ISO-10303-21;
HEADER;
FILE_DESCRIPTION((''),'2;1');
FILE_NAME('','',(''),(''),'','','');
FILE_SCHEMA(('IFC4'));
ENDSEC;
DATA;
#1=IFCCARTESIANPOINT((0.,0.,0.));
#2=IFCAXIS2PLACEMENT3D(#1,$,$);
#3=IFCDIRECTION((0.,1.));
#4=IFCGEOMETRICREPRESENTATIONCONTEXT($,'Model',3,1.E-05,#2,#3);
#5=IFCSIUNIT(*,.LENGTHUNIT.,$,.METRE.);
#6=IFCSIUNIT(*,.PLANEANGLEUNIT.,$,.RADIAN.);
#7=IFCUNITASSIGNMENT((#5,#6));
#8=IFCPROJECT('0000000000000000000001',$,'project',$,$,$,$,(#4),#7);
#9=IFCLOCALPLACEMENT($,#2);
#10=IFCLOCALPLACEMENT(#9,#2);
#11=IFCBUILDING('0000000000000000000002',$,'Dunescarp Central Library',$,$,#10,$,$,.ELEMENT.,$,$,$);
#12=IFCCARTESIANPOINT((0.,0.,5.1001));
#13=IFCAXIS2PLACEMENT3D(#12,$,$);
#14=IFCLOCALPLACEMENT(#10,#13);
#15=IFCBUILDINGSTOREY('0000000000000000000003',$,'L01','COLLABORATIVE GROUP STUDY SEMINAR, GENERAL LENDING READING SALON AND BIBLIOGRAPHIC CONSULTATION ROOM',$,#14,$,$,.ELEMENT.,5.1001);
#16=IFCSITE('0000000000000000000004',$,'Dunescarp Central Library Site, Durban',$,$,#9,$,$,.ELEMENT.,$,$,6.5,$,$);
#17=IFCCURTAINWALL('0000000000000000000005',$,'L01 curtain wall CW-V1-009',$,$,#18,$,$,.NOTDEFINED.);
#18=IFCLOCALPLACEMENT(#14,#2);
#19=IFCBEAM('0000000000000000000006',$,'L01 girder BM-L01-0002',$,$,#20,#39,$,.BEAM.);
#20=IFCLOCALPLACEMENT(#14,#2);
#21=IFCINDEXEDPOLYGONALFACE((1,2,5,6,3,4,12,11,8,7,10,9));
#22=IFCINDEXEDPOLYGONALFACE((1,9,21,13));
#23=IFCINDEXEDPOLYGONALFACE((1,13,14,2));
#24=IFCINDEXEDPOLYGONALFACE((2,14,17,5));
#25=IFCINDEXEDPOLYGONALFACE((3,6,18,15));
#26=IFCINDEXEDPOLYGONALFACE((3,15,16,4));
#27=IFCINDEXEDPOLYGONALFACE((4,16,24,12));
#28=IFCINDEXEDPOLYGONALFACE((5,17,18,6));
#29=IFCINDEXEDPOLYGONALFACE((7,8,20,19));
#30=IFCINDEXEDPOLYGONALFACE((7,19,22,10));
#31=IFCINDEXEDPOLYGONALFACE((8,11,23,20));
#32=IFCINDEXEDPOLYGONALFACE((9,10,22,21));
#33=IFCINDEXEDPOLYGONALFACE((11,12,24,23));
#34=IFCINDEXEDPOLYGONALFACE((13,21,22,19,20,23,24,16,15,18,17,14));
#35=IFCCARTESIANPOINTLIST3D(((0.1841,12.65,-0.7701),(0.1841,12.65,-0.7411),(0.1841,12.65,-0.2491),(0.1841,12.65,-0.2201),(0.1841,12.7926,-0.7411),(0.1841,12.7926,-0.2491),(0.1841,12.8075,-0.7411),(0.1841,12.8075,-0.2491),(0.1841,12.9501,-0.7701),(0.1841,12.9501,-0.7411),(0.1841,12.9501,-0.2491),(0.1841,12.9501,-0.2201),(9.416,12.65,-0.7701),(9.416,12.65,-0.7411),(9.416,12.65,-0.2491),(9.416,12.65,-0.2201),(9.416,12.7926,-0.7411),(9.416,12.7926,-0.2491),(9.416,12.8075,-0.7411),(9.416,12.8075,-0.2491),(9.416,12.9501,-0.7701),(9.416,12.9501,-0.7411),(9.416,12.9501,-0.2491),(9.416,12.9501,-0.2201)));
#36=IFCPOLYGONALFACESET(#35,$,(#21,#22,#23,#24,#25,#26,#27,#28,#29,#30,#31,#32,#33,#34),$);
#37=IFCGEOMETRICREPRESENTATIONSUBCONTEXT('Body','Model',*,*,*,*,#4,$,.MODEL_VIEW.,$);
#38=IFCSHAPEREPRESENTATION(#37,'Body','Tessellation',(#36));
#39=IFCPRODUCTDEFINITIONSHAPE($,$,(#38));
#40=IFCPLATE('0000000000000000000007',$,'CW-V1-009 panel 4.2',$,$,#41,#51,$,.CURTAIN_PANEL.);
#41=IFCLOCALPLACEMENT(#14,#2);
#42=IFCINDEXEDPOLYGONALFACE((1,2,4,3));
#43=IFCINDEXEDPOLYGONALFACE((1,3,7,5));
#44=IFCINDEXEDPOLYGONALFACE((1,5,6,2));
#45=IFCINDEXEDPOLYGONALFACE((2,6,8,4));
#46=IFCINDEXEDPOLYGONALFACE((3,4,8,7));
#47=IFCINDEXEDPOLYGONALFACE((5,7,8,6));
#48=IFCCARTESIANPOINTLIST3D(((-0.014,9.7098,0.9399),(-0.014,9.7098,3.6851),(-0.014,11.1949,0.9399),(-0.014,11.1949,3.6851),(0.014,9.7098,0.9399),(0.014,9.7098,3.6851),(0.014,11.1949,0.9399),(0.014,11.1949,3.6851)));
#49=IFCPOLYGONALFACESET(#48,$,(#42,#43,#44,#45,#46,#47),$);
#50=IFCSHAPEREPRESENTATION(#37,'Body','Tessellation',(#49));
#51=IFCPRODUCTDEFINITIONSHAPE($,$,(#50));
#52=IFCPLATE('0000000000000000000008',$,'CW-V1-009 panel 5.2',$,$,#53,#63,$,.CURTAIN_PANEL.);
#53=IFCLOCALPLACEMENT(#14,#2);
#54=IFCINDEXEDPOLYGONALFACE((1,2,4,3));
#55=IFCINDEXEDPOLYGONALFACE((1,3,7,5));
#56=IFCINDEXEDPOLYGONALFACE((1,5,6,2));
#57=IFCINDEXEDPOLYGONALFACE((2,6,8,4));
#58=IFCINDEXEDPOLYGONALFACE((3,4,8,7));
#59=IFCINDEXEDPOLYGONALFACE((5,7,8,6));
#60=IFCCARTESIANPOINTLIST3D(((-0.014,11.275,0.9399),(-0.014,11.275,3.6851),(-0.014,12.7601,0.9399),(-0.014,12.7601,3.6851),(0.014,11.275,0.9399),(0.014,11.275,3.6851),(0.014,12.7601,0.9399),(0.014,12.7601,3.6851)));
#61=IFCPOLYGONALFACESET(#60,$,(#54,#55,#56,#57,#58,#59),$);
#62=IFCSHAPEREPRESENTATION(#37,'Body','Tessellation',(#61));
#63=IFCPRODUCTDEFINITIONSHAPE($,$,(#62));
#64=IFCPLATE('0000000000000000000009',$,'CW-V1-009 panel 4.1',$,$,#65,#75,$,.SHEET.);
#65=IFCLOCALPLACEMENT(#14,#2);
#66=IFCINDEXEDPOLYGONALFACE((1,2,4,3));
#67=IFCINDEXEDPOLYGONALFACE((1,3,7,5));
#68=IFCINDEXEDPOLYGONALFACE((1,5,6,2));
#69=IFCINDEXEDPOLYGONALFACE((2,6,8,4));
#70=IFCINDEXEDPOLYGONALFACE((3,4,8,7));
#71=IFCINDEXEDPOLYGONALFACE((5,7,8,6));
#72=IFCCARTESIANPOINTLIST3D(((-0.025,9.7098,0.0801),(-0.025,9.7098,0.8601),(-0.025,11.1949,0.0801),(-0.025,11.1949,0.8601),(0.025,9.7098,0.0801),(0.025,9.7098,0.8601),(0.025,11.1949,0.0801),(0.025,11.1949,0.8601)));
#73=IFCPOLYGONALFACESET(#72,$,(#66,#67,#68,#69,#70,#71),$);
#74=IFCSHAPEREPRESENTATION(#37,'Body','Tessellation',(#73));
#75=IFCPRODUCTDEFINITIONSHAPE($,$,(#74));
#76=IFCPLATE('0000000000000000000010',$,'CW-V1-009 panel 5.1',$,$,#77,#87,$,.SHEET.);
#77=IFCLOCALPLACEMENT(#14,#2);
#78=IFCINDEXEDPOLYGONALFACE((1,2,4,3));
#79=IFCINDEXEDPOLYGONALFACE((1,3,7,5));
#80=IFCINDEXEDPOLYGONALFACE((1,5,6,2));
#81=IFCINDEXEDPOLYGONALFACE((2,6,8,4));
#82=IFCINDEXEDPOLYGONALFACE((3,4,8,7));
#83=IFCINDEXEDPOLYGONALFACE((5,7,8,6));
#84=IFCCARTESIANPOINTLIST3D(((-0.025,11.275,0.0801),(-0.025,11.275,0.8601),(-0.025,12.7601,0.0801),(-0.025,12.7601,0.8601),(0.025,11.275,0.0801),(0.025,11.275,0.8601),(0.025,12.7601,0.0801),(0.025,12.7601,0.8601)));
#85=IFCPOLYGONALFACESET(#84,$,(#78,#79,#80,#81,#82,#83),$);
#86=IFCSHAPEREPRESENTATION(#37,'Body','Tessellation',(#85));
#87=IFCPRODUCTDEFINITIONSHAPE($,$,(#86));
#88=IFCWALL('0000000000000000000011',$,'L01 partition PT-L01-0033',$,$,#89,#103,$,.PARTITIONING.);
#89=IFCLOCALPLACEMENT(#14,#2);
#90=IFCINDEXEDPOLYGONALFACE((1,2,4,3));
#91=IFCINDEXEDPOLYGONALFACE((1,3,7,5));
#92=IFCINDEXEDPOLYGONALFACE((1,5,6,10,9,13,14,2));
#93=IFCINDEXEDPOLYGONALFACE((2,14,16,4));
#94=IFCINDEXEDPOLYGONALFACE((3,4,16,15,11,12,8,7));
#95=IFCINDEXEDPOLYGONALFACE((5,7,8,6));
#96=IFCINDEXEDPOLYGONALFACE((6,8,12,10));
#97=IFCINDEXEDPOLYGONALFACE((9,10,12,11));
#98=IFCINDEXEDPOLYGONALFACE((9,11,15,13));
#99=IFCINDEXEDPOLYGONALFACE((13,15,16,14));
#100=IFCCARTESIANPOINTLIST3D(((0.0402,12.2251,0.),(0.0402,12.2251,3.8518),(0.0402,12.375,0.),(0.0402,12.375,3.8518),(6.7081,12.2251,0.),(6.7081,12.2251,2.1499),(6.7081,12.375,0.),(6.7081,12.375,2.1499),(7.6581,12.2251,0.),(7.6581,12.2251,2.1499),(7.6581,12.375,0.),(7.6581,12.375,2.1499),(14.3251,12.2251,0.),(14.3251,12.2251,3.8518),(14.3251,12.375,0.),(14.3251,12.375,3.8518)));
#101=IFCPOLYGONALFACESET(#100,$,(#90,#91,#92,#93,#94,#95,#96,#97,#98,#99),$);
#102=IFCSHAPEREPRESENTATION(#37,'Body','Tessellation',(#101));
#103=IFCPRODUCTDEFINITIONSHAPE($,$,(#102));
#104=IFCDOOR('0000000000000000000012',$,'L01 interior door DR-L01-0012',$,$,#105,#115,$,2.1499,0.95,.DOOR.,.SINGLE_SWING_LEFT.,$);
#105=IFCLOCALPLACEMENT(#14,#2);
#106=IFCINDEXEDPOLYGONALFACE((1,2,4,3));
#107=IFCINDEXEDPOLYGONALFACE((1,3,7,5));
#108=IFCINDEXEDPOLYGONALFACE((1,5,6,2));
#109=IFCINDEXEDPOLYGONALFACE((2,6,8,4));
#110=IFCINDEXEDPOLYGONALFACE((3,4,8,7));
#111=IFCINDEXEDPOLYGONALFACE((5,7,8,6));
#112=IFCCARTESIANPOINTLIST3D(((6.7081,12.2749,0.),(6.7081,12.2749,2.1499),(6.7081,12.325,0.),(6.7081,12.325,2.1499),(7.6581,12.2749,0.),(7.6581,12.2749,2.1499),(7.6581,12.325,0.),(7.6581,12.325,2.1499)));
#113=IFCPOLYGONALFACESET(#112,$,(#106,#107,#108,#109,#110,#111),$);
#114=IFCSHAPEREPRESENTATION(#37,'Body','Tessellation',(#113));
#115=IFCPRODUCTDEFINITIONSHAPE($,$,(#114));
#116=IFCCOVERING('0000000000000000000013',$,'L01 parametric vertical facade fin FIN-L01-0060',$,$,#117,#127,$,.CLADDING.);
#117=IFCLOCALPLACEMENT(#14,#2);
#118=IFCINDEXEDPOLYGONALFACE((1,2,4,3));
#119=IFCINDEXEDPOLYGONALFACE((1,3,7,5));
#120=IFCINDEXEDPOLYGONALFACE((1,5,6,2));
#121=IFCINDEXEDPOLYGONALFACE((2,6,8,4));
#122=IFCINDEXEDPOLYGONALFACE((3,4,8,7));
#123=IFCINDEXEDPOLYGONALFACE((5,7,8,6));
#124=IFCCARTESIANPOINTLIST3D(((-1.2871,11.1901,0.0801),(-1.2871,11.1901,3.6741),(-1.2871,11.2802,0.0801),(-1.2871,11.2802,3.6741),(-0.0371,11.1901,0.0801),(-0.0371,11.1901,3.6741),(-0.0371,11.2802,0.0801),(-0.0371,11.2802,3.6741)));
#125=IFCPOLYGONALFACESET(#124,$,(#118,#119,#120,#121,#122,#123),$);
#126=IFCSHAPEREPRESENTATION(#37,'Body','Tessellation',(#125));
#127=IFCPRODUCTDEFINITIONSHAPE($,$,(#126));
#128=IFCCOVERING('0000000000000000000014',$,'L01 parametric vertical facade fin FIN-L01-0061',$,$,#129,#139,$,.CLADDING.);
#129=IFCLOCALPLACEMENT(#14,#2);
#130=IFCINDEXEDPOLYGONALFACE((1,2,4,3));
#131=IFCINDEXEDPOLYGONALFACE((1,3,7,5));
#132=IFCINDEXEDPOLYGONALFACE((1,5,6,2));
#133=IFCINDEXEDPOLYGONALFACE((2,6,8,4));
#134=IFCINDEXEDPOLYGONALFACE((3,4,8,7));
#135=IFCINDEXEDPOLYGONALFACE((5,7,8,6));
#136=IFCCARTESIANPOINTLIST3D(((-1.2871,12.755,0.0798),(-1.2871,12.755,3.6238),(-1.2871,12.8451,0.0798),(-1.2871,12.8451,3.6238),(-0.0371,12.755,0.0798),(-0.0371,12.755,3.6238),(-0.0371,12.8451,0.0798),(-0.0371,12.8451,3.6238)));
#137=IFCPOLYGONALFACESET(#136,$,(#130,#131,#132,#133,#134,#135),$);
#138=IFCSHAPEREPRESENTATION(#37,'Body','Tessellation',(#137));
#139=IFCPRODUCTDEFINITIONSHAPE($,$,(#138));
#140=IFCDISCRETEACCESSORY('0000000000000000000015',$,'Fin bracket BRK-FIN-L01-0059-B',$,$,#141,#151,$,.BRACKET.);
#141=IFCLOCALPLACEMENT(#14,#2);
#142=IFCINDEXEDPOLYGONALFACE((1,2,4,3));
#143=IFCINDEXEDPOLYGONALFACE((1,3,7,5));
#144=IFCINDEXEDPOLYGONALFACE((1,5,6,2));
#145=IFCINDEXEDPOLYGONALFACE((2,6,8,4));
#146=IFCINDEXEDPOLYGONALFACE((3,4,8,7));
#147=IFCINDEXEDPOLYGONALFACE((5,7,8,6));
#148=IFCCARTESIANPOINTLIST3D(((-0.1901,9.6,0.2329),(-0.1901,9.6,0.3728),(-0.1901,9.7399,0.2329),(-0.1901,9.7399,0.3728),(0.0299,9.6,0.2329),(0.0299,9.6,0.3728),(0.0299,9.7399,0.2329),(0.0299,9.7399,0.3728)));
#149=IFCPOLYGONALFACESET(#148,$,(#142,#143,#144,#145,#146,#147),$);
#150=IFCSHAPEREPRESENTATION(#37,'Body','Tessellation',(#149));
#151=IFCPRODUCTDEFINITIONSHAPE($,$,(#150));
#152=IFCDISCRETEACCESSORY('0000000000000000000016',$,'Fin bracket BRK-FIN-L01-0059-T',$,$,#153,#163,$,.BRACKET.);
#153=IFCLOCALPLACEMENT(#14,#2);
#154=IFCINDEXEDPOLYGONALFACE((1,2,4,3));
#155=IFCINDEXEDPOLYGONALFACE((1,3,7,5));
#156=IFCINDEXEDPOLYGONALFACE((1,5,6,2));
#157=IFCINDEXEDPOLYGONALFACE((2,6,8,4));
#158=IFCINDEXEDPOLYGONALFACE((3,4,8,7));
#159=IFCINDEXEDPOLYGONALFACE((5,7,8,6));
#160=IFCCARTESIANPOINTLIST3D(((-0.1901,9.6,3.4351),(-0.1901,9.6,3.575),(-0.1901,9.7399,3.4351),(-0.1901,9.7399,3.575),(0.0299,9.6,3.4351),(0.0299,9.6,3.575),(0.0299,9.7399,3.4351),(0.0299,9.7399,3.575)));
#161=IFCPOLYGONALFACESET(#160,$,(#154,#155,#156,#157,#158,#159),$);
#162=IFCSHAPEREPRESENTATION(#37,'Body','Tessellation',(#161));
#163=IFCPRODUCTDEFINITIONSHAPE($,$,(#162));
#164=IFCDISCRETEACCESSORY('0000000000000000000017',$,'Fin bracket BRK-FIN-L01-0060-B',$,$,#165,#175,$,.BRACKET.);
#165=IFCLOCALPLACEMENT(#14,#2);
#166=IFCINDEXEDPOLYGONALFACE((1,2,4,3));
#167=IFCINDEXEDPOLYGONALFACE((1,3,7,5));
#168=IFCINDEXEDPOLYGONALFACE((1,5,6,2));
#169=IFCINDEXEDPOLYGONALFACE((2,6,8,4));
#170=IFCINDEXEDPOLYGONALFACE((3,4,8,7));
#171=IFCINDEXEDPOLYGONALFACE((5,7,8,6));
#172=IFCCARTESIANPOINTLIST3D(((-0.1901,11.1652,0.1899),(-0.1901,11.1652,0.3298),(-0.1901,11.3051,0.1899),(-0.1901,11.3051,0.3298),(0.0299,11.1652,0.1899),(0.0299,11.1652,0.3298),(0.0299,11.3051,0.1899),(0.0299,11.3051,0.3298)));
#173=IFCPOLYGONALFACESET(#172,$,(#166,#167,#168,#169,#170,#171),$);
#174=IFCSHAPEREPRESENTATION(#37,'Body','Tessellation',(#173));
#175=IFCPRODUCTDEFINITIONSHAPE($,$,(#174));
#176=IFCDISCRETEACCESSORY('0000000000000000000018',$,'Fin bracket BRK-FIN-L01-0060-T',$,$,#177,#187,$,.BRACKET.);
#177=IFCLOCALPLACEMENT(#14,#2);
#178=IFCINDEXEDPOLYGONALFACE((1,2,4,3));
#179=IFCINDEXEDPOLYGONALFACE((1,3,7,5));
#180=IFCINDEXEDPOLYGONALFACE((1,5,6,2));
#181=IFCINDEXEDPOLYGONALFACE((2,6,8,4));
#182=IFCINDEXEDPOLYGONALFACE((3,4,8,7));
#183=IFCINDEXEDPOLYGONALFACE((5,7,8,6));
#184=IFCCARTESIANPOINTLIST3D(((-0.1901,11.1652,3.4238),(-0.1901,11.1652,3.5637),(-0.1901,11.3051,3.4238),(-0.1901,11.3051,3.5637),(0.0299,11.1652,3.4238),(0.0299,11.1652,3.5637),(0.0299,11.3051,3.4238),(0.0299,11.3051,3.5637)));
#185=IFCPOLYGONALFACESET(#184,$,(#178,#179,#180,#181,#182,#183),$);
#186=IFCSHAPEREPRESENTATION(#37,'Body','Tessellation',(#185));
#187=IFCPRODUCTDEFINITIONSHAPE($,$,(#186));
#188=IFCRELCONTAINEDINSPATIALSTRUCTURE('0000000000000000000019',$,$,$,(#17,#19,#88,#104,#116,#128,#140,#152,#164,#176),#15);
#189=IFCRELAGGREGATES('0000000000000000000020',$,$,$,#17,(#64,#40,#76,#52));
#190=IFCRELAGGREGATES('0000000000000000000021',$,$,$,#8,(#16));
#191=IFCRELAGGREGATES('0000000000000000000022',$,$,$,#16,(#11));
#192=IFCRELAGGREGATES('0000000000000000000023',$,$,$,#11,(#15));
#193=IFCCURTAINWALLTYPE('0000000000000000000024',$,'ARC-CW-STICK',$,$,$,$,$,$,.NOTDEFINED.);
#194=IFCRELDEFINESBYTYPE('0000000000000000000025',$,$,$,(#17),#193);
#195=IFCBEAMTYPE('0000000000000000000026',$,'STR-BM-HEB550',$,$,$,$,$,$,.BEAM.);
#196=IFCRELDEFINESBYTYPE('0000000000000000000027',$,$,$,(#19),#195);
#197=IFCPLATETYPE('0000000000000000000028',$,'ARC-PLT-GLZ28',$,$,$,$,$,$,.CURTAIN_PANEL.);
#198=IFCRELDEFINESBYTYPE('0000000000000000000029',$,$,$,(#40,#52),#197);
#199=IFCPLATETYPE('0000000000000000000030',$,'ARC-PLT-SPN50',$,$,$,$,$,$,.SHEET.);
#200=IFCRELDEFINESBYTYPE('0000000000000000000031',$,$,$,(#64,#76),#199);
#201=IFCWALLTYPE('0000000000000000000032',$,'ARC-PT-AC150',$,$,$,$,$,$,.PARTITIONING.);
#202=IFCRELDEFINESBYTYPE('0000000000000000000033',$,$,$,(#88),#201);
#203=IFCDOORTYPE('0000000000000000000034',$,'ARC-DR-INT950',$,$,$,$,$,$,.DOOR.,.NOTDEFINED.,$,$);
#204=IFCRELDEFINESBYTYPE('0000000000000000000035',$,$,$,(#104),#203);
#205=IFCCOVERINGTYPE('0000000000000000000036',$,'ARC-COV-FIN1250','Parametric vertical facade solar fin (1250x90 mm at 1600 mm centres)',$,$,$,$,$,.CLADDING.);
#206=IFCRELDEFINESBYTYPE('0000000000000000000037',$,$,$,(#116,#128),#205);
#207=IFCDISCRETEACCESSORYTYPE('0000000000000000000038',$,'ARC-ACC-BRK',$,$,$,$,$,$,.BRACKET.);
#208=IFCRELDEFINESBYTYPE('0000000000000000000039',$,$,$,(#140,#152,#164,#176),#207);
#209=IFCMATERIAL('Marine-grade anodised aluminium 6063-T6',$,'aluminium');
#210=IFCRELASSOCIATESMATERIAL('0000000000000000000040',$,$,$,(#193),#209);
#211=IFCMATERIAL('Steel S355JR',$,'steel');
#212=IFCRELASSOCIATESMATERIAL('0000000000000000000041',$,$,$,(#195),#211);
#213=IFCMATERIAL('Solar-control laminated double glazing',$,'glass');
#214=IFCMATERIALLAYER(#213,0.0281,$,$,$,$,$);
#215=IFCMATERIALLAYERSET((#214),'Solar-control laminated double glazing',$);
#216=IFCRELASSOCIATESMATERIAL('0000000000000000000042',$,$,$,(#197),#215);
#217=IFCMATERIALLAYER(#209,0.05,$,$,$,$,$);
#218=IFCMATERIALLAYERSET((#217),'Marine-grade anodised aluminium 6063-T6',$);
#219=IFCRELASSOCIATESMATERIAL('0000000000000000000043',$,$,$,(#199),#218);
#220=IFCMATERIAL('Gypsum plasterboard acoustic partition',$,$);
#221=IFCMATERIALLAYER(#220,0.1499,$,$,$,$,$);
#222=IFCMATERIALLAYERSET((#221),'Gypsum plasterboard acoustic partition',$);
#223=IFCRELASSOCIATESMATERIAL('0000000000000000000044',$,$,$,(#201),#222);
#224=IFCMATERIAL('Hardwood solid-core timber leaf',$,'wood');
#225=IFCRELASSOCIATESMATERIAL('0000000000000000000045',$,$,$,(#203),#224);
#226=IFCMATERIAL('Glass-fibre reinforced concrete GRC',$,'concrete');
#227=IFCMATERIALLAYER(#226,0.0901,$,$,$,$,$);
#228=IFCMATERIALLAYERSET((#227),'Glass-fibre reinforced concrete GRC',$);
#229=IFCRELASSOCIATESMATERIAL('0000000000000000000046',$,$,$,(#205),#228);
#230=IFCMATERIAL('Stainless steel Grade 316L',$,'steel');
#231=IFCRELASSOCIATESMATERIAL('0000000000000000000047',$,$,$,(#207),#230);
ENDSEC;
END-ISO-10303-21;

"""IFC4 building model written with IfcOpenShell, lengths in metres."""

from ifc_helpers import new_model, si_unit, direction, frame, frame_2d, origin, origin_2d, place, context, subcontext, project, spatial, rectangle, i_section, extrude, material, layer, layer_set, material_profile, profile_set, type_object, element, fill, aggregate, save


model = new_model("IFC4")

# Units and contexts
model_context = context("Model", 3, precision=1e-05, world=origin(), true_north=direction((0.0, 1.0)))
body_context = subcontext(model_context, "Body", "Model", "MODEL_VIEW")
ifc_project = project(units=[si_unit("LENGTHUNIT", "METRE"), si_unit("PLANEANGLEUNIT", "RADIAN")], contexts=[model_context])

# Site, building, storey
site_placement = place(None, origin())
site = spatial("IfcSite", under=ifc_project, at=site_placement, Name="Dunescarp Central Library Site, Durban", CompositionType="ELEMENT", RefElevation=6.5)
building_placement = place(site_placement, origin())
building = spatial("IfcBuilding", under=site, at=building_placement, Name="Dunescarp Central Library", CompositionType="ELEMENT")
storey_placement = place(building_placement, frame((0.0, 0.0, 5.1001)))
storey = spatial("IfcBuildingStorey", under=building, at=storey_placement, Name="L01", Description="COLLABORATIVE GROUP STUDY SEMINAR, GENERAL LENDING READING SALON AND BIBLIOGRAPHIC CONSULTATION ROOM", CompositionType="ELEMENT", Elevation=5.1001)

# Shared definitions
ifc_material_1 = material(Name="Steel S355JR", Category="steel")

# Curtain wall
ifc_material_2 = material(Name="Marine-grade anodised aluminium 6063-T6", Category="aluminium")
curtain_wall_type = type_object("IfcCurtainWallType", Name="ARC-CW-STICK", PredefinedType="NOTDEFINED", material=ifc_material_2)
curtain_wall_placement = place(storey_placement, origin())
curtain_wall = element("IfcCurtainWall", 1, at=curtain_wall_placement, inside=storey, type_object=curtain_wall_type, Name="L01 curtain wall CW-V1-009", PredefinedType="NOTDEFINED")

# Beam
ifc_material_profile_1 = material_profile(ifc_material_1, i_section(OverallWidth=0.3, OverallDepth=0.55, WebThickness=0.0149, FlangeThickness=0.0291, at=origin_2d()), Name="HEB 550")
ifc_profile_set_1 = profile_set([ifc_material_profile_1], Name="Steel S355JR")
beam_type = type_object("IfcBeamType", Name="STR-BM-HEB550", PredefinedType="BEAM", material=ifc_profile_set_1)
beam_placement = place(storey_placement, frame((0.1841, 12.8, -0.4951), z_axis=(1.0, 0.0, 0.0), x_axis=(0.0, 1.0, 0.0)))
element("IfcBeam", 2, at=beam_placement, inside=storey, type_object=beam_type, Name="L01 girder BM-L01-0002", PredefinedType="BEAM", context=body_context, shape_type="SweptSolid", body=[
    extrude(i_section(OverallWidth=0.3, OverallDepth=0.55, WebThickness=0.0149, FlangeThickness=0.0291, at=origin_2d()), origin(), (0.0, 0.0, 1.0), 9.2319),
])

# Plates
ifc_material_3 = material(Name="Solar-control laminated double glazing", Category="glass")
ifc_layer_1 = layer(ifc_material_3, 0.0281)
ifc_layer_set_1 = layer_set([ifc_layer_1], Name="Solar-control laminated double glazing")
plate_type_1 = type_object("IfcPlateType", Name="ARC-PLT-GLZ28", PredefinedType="CURTAIN_PANEL", material=ifc_layer_set_1)
plate_1_placement = place(storey_placement, frame((0.0, 10.4524, 0.9399), z_axis=(0.0, 0.0, 1.0), x_axis=(0.0, 1.0, 0.0)))
plate_1 = element("IfcPlate", 3, at=plate_1_placement, type_object=plate_type_1, Name="CW-V1-009 panel 4.2", PredefinedType="CURTAIN_PANEL", context=body_context, shape_type="SweptSolid", body=[
    extrude(rectangle(XDim=1.4851, YDim=0.0281, at=origin_2d()), origin(), (0.0, 0.0, 1.0), 2.7451),
])
plate_2_placement = place(storey_placement, frame((0.0, 12.0176, 0.9399), z_axis=(0.0, 0.0, 1.0), x_axis=(0.0, 1.0, 0.0)))
plate_2 = element("IfcPlate", 4, at=plate_2_placement, type_object=plate_type_1, Name="CW-V1-009 panel 5.2", PredefinedType="CURTAIN_PANEL", context=body_context, shape_type="SweptSolid", body=[
    extrude(rectangle(XDim=1.4851, YDim=0.0281, at=origin_2d()), origin(), (0.0, 0.0, 1.0), 2.7451),
])
ifc_layer_2 = layer(ifc_material_2, 0.05)
ifc_layer_set_2 = layer_set([ifc_layer_2], Name="Marine-grade anodised aluminium 6063-T6")
plate_type_2 = type_object("IfcPlateType", Name="ARC-PLT-SPN50", PredefinedType="SHEET", material=ifc_layer_set_2)
plate_3_placement = place(storey_placement, frame((0.0, 10.4524, 0.0801), z_axis=(0.0, 0.0, 1.0), x_axis=(0.0, 1.0, 0.0)))
plate_3 = element("IfcPlate", 5, at=plate_3_placement, type_object=plate_type_2, Name="CW-V1-009 panel 4.1", PredefinedType="SHEET", context=body_context, shape_type="SweptSolid", body=[
    extrude(rectangle(XDim=1.4851, YDim=0.05, at=origin_2d()), origin(), (0.0, 0.0, 1.0), 0.78),
])
plate_4_placement = place(storey_placement, frame((0.0, 12.0176, 0.0801), z_axis=(0.0, 0.0, 1.0), x_axis=(0.0, 1.0, 0.0)))
plate_4 = element("IfcPlate", 6, at=plate_4_placement, type_object=plate_type_2, Name="CW-V1-009 panel 5.1", PredefinedType="SHEET", context=body_context, shape_type="SweptSolid", body=[
    extrude(rectangle(XDim=1.4851, YDim=0.05, at=origin_2d()), origin(), (0.0, 0.0, 1.0), 0.78),
])
aggregate(curtain_wall, [plate_3, plate_1, plate_4, plate_2])

# Wall, opening, door
ifc_material_4 = material(Name="Gypsum plasterboard acoustic partition")
ifc_layer_3 = layer(ifc_material_4, 0.1499)
ifc_layer_set_3 = layer_set([ifc_layer_3], Name="Gypsum plasterboard acoustic partition")
wall_type = type_object("IfcWallType", Name="ARC-PT-AC150", PredefinedType="PARTITIONING", material=ifc_layer_set_3)
wall_placement = place(storey_placement, frame((0.04, 12.3, 0.0), z_axis=(0.0, 0.0, 1.0), x_axis=(1.0, 0.0, 0.0)))
wall = element("IfcWall", 7, at=wall_placement, inside=storey, type_object=wall_type, Name="L01 partition PT-L01-0033", PredefinedType="PARTITIONING", context=body_context, shape_type="SweptSolid", body=[
    extrude(rectangle(XDim=14.2849, YDim=0.1499, at=frame_2d((7.1426, 0.0))), origin(), (0.0, 0.0, 1.0), 3.8518),
])
opening_placement = place(wall_placement, frame((6.668, 0.0, 0.0)))
opening = element("IfcOpeningElement", 8, at=opening_placement, cuts=wall, PredefinedType="OPENING", context=body_context, shape_type="SweptSolid", body=[
    extrude(rectangle(XDim=0.95, YDim=2.1499, at=frame_2d((0.4751, 1.075))), frame((0.0, 0.085, 0.0), z_axis=(0.0, -1.0, 0.0), x_axis=(1.0, 0.0, 0.0)), (0.0, 0.0, 1.0), 0.1699),
])
ifc_material_5 = material(Name="Hardwood solid-core timber leaf", Category="wood")
door_type = type_object("IfcDoorType", Name="ARC-DR-INT950", OperationType="NOTDEFINED", PredefinedType="DOOR", material=ifc_material_5)
door_placement = place(opening_placement, origin())
door = element("IfcDoor", 9, at=door_placement, inside=storey, type_object=door_type, Name="L01 interior door DR-L01-0012", OperationType="SINGLE_SWING_LEFT", OverallHeight=2.1499, OverallWidth=0.95, PredefinedType="DOOR", context=body_context, shape_type="SweptSolid", body=[
    extrude(rectangle(XDim=0.95, YDim=2.1499, at=frame_2d((0.4751, 1.075))), frame((0.0, 0.0249, 0.0), z_axis=(0.0, -1.0, 0.0), x_axis=(1.0, 0.0, 0.0)), (0.0, 0.0, 1.0), 0.05),
])
fill(opening, door)

# Coverings
ifc_material_6 = material(Name="Glass-fibre reinforced concrete GRC", Category="concrete")
ifc_layer_4 = layer(ifc_material_6, 0.0901)
ifc_layer_set_4 = layer_set([ifc_layer_4], Name="Glass-fibre reinforced concrete GRC")
covering_type = type_object("IfcCoveringType", Name="ARC-COV-FIN1250", Description="Parametric vertical facade solar fin (1250x90 mm at 1600 mm centres)", PredefinedType="CLADDING", material=ifc_layer_set_4)
covering_1_placement = place(storey_placement, frame((-0.6621, 11.2351, 0.0801), z_axis=(0.0, 0.0, 1.0), x_axis=(-1.0, 0.0, 0.0)))
element("IfcCovering", 10, at=covering_1_placement, inside=storey, type_object=covering_type, Name="L01 parametric vertical facade fin FIN-L01-0060", PredefinedType="CLADDING", context=body_context, shape_type="SweptSolid", body=[
    extrude(rectangle(XDim=1.25, YDim=0.0901, at=origin_2d()), origin(), (0.0, 0.0, 1.0), 3.594),
])
covering_2_placement = place(storey_placement, frame((-0.6621, 12.8, 0.0798), z_axis=(0.0, 0.0, 1.0), x_axis=(-1.0, 0.0, 0.0)))
element("IfcCovering", 11, at=covering_2_placement, inside=storey, type_object=covering_type, Name="L01 parametric vertical facade fin FIN-L01-0061", PredefinedType="CLADDING", context=body_context, shape_type="SweptSolid", body=[
    extrude(rectangle(XDim=1.25, YDim=0.0901, at=origin_2d()), origin(), (0.0, 0.0, 1.0), 3.5439),
])

# Discrete accessories
ifc_material_7 = material(Name="Stainless steel Grade 316L", Category="steel")
discrete_accessory_type = type_object("IfcDiscreteAccessoryType", Name="ARC-ACC-BRK", PredefinedType="BRACKET", material=ifc_material_7)
for number, where, z_axis, x_axis, name in (
    (12, (-0.0801, 9.6699, 0.2329), (0.0, 0.0, 1.0), (-1.0, 0.0, 0.0), "Fin bracket BRK-FIN-L01-0059-B"),
    (13, (-0.0801, 9.6699, 3.4351), (0.0, 0.0, 1.0), (-1.0, 0.0, 0.0), "Fin bracket BRK-FIN-L01-0059-T"),
    (14, (-0.0801, 11.2351, 0.1899), (0.0, 0.0, 1.0), (-1.0, 0.0, 0.0), "Fin bracket BRK-FIN-L01-0060-B"),
    (15, (-0.0801, 11.2351, 3.4238), (0.0, 0.0, 1.0), (-1.0, 0.0, 0.0), "Fin bracket BRK-FIN-L01-0060-T"),
):
    element("IfcDiscreteAccessory", number, at=place(storey_placement, frame(where, z_axis=z_axis, x_axis=x_axis)), inside=storey, type_object=discrete_accessory_type, Name=name, PredefinedType="BRACKET", context=body_context, shape_type="SweptSolid", body=[
        extrude(rectangle(XDim=0.22, YDim=0.1399, at=origin_2d()), origin(), (0.0, 0.0, 1.0), 0.1399),
    ])

save(model, "model.ifc")
